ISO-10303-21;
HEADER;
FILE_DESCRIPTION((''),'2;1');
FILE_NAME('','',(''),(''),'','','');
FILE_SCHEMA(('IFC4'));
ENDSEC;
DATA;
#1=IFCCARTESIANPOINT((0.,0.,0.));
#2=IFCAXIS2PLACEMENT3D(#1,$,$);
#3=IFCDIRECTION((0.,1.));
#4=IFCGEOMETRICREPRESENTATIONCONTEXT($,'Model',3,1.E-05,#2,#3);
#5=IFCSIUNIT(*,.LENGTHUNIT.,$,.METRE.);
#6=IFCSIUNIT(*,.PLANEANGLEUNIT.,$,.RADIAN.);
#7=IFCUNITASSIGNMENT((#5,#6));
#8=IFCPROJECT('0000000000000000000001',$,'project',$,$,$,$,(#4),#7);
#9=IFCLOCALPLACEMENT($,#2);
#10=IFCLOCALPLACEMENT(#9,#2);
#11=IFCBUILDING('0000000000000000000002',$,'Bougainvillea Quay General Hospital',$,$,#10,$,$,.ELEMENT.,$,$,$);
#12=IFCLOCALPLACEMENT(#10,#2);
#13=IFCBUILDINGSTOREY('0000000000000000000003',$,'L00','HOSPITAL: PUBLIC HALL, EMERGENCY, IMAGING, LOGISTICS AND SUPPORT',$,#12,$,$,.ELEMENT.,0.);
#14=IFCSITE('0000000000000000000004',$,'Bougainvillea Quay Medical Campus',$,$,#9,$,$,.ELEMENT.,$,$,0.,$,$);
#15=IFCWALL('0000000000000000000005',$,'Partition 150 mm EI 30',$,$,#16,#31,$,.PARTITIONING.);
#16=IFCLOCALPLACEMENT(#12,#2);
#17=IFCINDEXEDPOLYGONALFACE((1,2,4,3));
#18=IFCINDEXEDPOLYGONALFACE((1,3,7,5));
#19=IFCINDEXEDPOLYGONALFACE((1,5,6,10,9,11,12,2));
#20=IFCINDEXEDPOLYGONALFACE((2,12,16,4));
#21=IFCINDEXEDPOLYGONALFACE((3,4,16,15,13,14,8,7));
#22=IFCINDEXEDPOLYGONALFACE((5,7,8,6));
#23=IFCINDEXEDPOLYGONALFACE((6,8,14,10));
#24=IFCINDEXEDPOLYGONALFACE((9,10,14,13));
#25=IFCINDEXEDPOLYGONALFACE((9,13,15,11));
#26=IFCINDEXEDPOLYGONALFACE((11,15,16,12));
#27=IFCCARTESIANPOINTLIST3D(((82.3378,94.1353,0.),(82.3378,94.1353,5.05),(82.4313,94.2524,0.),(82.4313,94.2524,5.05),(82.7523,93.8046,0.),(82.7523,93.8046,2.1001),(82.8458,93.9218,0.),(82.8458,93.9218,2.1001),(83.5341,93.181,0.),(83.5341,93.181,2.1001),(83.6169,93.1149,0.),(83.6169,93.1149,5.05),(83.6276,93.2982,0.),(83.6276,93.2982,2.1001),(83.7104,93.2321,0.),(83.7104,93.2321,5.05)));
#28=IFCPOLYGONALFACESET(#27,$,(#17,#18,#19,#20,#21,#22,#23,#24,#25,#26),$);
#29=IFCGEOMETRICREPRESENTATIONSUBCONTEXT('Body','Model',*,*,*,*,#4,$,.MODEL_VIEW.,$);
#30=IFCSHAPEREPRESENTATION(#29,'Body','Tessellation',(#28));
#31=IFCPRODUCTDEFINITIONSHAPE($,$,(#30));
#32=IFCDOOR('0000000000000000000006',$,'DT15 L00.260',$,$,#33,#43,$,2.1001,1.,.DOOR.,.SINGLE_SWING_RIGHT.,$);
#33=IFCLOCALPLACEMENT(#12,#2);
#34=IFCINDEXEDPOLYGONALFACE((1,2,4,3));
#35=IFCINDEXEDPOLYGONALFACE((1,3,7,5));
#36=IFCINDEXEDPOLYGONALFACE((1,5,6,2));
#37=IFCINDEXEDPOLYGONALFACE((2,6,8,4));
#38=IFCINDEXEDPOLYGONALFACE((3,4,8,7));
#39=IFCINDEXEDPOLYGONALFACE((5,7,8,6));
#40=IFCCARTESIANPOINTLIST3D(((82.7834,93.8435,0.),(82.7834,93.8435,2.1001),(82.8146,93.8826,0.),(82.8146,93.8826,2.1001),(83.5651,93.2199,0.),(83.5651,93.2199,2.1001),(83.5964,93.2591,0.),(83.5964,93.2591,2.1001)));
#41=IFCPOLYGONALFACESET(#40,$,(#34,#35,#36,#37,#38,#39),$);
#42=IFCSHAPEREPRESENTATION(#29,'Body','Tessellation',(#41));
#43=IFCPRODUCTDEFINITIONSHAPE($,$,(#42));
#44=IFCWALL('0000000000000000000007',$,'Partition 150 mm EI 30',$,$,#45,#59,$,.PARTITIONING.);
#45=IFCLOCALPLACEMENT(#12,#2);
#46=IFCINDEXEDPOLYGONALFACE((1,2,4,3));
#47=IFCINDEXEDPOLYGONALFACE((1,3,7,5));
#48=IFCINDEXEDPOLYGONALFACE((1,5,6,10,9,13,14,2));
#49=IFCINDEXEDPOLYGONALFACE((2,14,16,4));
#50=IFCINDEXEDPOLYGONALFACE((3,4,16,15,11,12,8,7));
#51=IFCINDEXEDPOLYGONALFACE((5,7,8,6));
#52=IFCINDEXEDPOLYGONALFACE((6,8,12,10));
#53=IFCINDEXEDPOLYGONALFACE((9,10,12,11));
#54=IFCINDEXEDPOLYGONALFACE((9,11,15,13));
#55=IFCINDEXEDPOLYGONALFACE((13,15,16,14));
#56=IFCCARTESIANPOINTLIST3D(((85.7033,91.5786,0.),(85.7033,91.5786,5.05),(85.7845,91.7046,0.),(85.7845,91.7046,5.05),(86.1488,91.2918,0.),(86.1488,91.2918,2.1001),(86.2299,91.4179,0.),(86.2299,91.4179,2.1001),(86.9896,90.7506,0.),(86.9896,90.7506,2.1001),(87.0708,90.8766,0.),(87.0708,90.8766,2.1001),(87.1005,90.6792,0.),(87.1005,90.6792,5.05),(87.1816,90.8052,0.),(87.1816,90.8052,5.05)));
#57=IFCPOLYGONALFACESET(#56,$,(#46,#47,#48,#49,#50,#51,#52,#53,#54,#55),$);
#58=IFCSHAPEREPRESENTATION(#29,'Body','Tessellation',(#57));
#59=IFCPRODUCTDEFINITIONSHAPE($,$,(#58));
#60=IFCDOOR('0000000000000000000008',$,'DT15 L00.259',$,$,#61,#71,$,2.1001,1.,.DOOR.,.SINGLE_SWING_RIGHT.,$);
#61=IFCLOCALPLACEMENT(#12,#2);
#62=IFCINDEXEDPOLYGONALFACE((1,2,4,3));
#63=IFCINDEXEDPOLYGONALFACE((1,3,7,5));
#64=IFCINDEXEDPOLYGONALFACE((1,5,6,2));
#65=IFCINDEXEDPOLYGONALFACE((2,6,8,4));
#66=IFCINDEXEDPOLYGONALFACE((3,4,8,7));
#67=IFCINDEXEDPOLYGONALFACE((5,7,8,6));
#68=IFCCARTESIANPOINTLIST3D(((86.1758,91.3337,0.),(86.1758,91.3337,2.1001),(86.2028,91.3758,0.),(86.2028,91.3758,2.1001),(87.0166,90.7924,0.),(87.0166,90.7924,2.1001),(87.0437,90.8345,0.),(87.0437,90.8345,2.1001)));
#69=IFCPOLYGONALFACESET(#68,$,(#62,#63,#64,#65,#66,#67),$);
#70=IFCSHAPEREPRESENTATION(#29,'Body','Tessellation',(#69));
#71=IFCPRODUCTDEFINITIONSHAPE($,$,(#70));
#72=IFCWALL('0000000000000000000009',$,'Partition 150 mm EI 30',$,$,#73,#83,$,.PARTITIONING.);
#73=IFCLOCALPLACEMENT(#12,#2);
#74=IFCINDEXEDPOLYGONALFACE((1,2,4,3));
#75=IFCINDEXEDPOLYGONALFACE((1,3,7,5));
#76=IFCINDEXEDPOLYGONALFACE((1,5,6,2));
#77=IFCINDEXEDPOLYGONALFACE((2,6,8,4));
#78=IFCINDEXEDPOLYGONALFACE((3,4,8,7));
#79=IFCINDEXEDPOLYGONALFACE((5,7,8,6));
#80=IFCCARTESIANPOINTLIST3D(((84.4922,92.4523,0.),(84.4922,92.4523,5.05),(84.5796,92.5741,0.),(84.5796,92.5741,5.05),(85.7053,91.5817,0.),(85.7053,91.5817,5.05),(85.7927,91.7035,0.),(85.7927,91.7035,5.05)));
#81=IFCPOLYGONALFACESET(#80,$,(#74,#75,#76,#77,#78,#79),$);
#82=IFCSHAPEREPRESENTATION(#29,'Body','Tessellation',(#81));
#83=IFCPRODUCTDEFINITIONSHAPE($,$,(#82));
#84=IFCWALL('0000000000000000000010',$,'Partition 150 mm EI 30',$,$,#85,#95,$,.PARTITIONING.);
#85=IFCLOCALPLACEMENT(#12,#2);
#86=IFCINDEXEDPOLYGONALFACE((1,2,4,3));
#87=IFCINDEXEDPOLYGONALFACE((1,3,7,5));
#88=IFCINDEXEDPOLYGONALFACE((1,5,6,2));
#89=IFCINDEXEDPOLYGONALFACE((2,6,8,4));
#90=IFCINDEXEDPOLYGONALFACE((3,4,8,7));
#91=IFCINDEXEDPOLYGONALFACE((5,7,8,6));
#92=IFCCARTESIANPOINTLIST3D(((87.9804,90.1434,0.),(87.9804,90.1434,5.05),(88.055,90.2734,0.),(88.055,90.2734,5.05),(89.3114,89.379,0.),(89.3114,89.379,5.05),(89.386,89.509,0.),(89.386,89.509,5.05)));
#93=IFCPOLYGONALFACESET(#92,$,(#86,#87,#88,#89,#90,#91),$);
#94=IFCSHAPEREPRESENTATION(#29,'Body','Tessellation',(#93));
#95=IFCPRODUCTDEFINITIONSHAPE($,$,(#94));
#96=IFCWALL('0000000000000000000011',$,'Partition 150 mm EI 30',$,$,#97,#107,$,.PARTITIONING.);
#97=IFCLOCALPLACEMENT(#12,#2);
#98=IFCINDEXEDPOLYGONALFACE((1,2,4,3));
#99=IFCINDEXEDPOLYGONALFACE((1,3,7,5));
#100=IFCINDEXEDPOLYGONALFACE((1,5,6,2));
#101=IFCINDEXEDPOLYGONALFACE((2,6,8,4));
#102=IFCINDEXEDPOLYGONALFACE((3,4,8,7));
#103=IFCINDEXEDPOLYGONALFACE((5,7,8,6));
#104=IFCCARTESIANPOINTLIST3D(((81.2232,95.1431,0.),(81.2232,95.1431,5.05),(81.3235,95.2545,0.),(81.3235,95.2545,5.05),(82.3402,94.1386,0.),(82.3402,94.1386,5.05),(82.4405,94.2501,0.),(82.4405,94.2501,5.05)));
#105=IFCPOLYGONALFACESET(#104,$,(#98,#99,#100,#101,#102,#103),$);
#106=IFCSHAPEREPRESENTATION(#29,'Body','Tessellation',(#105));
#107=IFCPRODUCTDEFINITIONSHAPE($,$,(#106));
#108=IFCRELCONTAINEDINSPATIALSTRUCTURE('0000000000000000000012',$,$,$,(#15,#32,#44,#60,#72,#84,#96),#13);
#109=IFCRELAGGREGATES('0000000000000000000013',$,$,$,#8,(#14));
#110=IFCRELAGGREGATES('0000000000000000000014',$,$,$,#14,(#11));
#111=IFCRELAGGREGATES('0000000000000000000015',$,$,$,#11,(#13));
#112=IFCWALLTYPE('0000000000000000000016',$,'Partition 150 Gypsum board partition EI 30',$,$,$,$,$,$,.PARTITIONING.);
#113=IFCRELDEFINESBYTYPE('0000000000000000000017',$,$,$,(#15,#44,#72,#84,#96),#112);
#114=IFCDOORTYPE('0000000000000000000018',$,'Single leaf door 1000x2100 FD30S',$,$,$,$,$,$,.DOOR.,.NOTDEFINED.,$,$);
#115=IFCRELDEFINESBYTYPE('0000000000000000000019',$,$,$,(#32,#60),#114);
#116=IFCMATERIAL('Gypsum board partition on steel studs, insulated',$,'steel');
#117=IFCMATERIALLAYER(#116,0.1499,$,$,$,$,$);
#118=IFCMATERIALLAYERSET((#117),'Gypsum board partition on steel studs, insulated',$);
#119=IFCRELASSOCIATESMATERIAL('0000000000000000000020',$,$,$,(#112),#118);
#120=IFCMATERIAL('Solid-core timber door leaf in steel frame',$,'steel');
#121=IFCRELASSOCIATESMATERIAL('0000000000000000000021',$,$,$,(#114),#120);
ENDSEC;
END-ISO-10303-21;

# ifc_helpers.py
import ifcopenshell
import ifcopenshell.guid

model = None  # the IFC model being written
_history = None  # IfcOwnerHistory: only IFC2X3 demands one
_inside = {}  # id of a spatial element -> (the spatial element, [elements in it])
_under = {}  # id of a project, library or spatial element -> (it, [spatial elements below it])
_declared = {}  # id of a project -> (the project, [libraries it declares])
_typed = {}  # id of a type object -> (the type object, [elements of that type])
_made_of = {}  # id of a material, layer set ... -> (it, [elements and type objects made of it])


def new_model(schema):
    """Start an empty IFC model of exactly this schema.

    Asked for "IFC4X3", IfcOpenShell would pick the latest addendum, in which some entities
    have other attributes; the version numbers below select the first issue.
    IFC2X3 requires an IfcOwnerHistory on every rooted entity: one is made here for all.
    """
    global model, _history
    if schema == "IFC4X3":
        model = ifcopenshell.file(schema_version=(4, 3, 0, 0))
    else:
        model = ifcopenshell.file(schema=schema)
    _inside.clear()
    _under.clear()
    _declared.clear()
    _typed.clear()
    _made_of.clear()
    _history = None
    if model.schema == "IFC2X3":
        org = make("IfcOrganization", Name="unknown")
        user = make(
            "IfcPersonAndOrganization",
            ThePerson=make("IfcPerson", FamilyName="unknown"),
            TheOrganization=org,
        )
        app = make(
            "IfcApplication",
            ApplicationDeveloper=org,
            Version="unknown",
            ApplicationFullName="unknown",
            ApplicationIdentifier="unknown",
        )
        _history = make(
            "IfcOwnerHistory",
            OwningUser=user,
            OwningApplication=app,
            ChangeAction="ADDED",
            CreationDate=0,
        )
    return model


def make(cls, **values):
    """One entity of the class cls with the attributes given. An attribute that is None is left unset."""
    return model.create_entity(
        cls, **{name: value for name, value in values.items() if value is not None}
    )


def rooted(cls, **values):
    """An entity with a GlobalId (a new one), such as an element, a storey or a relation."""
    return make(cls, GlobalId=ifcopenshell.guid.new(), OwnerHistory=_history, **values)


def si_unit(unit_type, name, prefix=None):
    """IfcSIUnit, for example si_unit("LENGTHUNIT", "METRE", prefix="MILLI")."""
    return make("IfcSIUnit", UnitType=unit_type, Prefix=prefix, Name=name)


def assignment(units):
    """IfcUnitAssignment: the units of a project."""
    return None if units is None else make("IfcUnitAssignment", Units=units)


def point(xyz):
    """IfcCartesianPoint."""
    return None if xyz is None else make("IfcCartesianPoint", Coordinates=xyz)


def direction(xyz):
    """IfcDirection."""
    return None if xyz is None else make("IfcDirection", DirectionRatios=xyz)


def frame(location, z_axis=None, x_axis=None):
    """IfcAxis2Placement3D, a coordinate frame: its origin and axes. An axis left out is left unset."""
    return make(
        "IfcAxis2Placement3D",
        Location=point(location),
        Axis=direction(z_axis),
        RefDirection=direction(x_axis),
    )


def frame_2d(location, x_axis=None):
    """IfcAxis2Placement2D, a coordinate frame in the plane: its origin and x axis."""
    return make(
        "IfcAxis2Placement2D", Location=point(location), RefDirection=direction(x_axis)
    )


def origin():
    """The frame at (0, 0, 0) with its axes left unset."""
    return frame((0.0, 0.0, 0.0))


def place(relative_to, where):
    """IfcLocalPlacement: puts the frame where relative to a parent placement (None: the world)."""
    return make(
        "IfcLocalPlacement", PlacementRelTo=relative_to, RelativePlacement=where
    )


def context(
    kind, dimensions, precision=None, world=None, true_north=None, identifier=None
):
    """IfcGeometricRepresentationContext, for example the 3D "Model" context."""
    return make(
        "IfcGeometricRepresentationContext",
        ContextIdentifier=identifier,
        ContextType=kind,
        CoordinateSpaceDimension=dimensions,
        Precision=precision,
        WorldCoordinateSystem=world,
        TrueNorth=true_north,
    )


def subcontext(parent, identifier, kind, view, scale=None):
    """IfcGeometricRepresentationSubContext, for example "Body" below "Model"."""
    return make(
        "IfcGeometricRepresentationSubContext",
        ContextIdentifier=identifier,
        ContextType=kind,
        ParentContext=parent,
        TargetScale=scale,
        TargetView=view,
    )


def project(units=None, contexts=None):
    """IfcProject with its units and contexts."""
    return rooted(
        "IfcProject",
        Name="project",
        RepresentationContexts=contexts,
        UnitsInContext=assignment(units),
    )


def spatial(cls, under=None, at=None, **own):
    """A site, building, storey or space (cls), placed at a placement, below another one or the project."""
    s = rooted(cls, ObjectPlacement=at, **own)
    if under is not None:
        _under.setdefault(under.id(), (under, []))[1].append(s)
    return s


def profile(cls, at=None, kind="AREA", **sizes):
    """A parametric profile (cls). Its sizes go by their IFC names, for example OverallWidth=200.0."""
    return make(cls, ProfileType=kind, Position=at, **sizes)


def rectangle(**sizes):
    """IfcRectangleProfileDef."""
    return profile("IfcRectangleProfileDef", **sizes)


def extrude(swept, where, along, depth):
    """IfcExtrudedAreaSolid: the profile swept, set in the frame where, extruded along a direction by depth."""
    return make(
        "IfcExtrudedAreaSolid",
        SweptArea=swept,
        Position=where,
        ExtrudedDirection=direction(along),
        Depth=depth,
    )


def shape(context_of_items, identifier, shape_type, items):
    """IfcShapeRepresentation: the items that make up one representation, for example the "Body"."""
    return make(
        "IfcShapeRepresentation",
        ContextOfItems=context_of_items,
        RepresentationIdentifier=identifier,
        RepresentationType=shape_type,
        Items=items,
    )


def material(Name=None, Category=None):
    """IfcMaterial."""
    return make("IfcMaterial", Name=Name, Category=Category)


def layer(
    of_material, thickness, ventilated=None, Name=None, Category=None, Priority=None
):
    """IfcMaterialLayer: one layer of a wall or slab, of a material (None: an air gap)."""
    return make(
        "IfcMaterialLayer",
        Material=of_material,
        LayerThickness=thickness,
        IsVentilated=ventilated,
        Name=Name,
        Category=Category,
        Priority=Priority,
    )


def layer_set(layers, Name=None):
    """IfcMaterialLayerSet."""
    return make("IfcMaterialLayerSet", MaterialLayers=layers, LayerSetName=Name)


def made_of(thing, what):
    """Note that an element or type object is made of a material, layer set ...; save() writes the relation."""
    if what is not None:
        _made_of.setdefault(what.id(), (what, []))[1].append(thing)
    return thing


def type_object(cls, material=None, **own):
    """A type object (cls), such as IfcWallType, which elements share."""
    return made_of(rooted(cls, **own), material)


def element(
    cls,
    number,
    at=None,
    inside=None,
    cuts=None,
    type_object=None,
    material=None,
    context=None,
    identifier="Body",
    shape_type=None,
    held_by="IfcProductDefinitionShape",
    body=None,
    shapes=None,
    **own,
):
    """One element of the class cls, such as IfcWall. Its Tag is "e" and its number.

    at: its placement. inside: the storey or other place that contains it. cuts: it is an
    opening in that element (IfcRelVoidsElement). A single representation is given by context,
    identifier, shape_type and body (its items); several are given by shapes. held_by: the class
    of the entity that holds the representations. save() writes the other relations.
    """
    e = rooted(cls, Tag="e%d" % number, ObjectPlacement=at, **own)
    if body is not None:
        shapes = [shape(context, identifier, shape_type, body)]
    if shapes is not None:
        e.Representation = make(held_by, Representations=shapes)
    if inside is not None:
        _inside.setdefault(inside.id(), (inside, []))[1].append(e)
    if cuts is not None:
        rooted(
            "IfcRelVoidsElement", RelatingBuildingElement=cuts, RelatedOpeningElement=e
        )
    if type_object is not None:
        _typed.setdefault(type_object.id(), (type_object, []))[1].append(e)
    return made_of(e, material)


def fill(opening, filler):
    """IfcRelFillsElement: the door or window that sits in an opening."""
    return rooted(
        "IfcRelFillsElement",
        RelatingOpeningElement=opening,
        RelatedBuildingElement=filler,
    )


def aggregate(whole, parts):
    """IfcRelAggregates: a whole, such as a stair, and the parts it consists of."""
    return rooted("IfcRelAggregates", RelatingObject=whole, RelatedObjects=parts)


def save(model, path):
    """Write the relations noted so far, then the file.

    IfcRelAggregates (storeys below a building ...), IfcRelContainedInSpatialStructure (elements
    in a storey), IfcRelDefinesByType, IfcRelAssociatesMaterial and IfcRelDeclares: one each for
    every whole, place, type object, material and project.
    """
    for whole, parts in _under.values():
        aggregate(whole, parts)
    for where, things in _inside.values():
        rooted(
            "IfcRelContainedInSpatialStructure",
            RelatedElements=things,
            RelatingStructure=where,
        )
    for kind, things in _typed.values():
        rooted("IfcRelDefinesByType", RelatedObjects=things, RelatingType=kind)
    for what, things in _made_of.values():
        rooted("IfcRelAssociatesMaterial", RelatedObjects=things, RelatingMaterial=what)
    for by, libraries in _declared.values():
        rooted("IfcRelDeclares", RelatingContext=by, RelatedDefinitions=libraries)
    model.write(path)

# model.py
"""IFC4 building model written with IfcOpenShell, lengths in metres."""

from ifc_helpers import new_model, si_unit, direction, frame, frame_2d, origin, place, context, subcontext, project, spatial, rectangle, extrude, material, layer, layer_set, type_object, element, fill, save


model = new_model("IFC4")

# Units and contexts
model_context = context("Model", 3, precision=1e-05, world=origin(), true_north=direction((0.0, 1.0)))
body_context = subcontext(model_context, "Body", "Model", "MODEL_VIEW")
ifc_project = project(units=[si_unit("LENGTHUNIT", "METRE"), si_unit("PLANEANGLEUNIT", "RADIAN")], contexts=[model_context])

# Site, building, storey
site_placement = place(None, origin())
site = spatial("IfcSite", under=ifc_project, at=site_placement, Name="Bougainvillea Quay Medical Campus", CompositionType="ELEMENT", RefElevation=0.0)
building_placement = place(site_placement, origin())
building = spatial("IfcBuilding", under=site, at=building_placement, Name="Bougainvillea Quay General Hospital", CompositionType="ELEMENT")
storey_placement = place(building_placement, origin())
storey = spatial("IfcBuildingStorey", under=building, at=storey_placement, Name="L00", Description="HOSPITAL: PUBLIC HALL, EMERGENCY, IMAGING, LOGISTICS AND SUPPORT", CompositionType="ELEMENT", Elevation=0.0)

# Shared definitions
ifc_material_1 = material(Name="Gypsum board partition on steel studs, insulated", Category="steel")
ifc_layer_1 = layer(ifc_material_1, 0.1499)
ifc_layer_set_1 = layer_set([ifc_layer_1], Name="Gypsum board partition on steel studs, insulated")
wall_type_1 = type_object("IfcWallType", Name="Partition 150 Gypsum board partition EI 30", PredefinedType="PARTITIONING", material=ifc_layer_set_1)

# Walls, openings, doors
wall_1_placement = place(storey_placement, frame((82.3845, 94.1938, 0.0), z_axis=(0.0, 0.0, 1.0), x_axis=(0.781756, -0.623584, 0.0)))
wall_1 = element("IfcWall", 1, at=wall_1_placement, inside=storey, type_object=wall_type_1, Name="Partition 150 mm EI 30", PredefinedType="PARTITIONING", context=body_context, shape_type="SweptSolid", body=[
    extrude(rectangle(XDim=1.6362, YDim=0.1499, at=frame_2d((0.8181, 0.0))), origin(), (0.0, 0.0, 1.0), 5.05),
])
opening_1_placement = place(wall_1_placement, frame((0.5303, 0.0, 0.0)))
opening_1 = element("IfcOpeningElement", 2, at=opening_1_placement, cuts=wall_1, PredefinedType="OPENING", context=body_context, shape_type="SweptSolid", body=[
    extrude(rectangle(XDim=1.0, YDim=2.1001, at=frame_2d((0.5, 1.05))), frame((0.0, 0.085, 0.0), z_axis=(0.0, -1.0, 0.0), x_axis=(1.0, 0.0, 0.0)), (0.0, 0.0, 1.0), 0.1699),
])
ifc_material_2 = material(Name="Solid-core timber door leaf in steel frame", Category="steel")
door_type_1 = type_object("IfcDoorType", Name="Single leaf door 1000x2100 FD30S", OperationType="NOTDEFINED", PredefinedType="DOOR", material=ifc_material_2)
door_1_placement = place(opening_1_placement, origin())
door_1 = element("IfcDoor", 3, at=door_1_placement, inside=storey, type_object=door_type_1, Name="DT15 L00.260", OperationType="SINGLE_SWING_RIGHT", OverallHeight=2.1001, OverallWidth=1.0, PredefinedType="DOOR", context=body_context, shape_type="SweptSolid", body=[
    extrude(rectangle(XDim=1.0, YDim=2.1001, at=frame_2d((0.5, 1.05))), frame((0.0, 0.0249, 0.0), z_axis=(0.0, -1.0, 0.0), x_axis=(1.0, 0.0, 0.0)), (0.0, 0.0, 1.0), 0.05),
])
fill(opening_1, door_1)
wall_2_placement = place(storey_placement, frame((85.7439, 91.6416, 0.0), z_axis=(0.0, 0.0, 1.0), x_axis=(0.840849, -0.54127, 0.0)))
wall_2 = element("IfcWall", 4, at=wall_2_placement, inside=storey, type_object=wall_type_1, Name="Partition 150 mm EI 30", PredefinedType="PARTITIONING", context=body_context, shape_type="SweptSolid", body=[
    extrude(rectangle(XDim=1.6616, YDim=0.1499, at=frame_2d((0.8308, 0.0))), origin(), (0.0, 0.0, 1.0), 5.05),
])
opening_2_placement = place(wall_2_placement, frame((0.5298, 0.0, 0.0)))
opening_2 = element("IfcOpeningElement", 5, at=opening_2_placement, cuts=wall_2, PredefinedType="OPENING", context=body_context, shape_type="SweptSolid", body=[
    extrude(rectangle(XDim=1.0, YDim=2.1001, at=frame_2d((0.5, 1.05))), frame((0.0, 0.085, 0.0), z_axis=(0.0, -1.0, 0.0), x_axis=(1.0, 0.0, 0.0)), (0.0, 0.0, 1.0), 0.1699),
])
door_2_placement = place(opening_2_placement, origin())
door_2 = element("IfcDoor", 6, at=door_2_placement, inside=storey, type_object=door_type_1, Name="DT15 L00.259", OperationType="SINGLE_SWING_RIGHT", OverallHeight=2.1001, OverallWidth=1.0, PredefinedType="DOOR", context=body_context, shape_type="SweptSolid", body=[
    extrude(rectangle(XDim=1.0, YDim=2.1001, at=frame_2d((0.5, 1.05))), frame((0.0, 0.0249, 0.0), z_axis=(0.0, -1.0, 0.0), x_axis=(1.0, 0.0, 0.0)), (0.0, 0.0, 1.0), 0.05),
])
fill(opening_2, door_2)

# Walls
wall_3_placement = place(storey_placement, frame((84.5359, 92.5132, 0.0), z_axis=(0.0, 0.0, 1.0), x_axis=(0.812439, -0.583046, 0.0)))
element("IfcWall", 7, at=wall_3_placement, inside=storey, type_object=wall_type_1, Name="Partition 150 mm EI 30", PredefinedType="PARTITIONING", context=body_context, shape_type="SweptSolid", body=[
    extrude(rectangle(XDim=1.4932, YDim=0.1499, at=frame_2d((0.7466, 0.0))), origin(), (0.0, 0.0, 1.0), 5.05),
])
wall_4_placement = place(storey_placement, frame((88.0176, 90.2085, 0.0), z_axis=(0.0, 0.0, 1.0), x_axis=(0.867174, -0.498005, 0.0)))
element("IfcWall", 8, at=wall_4_placement, inside=storey, type_object=wall_type_1, Name="Partition 150 mm EI 30", PredefinedType="PARTITIONING", context=body_context, shape_type="SweptSolid", body=[
    extrude(rectangle(XDim=1.5349, YDim=0.1499, at=frame_2d((0.7676, 0.0))), origin(), (0.0, 0.0, 1.0), 5.05),
])
wall_5_placement = place(storey_placement, frame((81.2734, 95.1987, 0.0), z_axis=(0.0, 0.0, 1.0), x_axis=(0.743577, -0.66865, 0.0)))
element("IfcWall", 9, at=wall_5_placement, inside=storey, type_object=wall_type_1, Name="Partition 150 mm EI 30", PredefinedType="PARTITIONING", context=body_context, shape_type="SweptSolid", body=[
    extrude(rectangle(XDim=1.5022, YDim=0.1499, at=frame_2d((0.751, 0.0))), origin(), (0.0, 0.0, 1.0), 5.05),
])

save(model, "model.ifc")
